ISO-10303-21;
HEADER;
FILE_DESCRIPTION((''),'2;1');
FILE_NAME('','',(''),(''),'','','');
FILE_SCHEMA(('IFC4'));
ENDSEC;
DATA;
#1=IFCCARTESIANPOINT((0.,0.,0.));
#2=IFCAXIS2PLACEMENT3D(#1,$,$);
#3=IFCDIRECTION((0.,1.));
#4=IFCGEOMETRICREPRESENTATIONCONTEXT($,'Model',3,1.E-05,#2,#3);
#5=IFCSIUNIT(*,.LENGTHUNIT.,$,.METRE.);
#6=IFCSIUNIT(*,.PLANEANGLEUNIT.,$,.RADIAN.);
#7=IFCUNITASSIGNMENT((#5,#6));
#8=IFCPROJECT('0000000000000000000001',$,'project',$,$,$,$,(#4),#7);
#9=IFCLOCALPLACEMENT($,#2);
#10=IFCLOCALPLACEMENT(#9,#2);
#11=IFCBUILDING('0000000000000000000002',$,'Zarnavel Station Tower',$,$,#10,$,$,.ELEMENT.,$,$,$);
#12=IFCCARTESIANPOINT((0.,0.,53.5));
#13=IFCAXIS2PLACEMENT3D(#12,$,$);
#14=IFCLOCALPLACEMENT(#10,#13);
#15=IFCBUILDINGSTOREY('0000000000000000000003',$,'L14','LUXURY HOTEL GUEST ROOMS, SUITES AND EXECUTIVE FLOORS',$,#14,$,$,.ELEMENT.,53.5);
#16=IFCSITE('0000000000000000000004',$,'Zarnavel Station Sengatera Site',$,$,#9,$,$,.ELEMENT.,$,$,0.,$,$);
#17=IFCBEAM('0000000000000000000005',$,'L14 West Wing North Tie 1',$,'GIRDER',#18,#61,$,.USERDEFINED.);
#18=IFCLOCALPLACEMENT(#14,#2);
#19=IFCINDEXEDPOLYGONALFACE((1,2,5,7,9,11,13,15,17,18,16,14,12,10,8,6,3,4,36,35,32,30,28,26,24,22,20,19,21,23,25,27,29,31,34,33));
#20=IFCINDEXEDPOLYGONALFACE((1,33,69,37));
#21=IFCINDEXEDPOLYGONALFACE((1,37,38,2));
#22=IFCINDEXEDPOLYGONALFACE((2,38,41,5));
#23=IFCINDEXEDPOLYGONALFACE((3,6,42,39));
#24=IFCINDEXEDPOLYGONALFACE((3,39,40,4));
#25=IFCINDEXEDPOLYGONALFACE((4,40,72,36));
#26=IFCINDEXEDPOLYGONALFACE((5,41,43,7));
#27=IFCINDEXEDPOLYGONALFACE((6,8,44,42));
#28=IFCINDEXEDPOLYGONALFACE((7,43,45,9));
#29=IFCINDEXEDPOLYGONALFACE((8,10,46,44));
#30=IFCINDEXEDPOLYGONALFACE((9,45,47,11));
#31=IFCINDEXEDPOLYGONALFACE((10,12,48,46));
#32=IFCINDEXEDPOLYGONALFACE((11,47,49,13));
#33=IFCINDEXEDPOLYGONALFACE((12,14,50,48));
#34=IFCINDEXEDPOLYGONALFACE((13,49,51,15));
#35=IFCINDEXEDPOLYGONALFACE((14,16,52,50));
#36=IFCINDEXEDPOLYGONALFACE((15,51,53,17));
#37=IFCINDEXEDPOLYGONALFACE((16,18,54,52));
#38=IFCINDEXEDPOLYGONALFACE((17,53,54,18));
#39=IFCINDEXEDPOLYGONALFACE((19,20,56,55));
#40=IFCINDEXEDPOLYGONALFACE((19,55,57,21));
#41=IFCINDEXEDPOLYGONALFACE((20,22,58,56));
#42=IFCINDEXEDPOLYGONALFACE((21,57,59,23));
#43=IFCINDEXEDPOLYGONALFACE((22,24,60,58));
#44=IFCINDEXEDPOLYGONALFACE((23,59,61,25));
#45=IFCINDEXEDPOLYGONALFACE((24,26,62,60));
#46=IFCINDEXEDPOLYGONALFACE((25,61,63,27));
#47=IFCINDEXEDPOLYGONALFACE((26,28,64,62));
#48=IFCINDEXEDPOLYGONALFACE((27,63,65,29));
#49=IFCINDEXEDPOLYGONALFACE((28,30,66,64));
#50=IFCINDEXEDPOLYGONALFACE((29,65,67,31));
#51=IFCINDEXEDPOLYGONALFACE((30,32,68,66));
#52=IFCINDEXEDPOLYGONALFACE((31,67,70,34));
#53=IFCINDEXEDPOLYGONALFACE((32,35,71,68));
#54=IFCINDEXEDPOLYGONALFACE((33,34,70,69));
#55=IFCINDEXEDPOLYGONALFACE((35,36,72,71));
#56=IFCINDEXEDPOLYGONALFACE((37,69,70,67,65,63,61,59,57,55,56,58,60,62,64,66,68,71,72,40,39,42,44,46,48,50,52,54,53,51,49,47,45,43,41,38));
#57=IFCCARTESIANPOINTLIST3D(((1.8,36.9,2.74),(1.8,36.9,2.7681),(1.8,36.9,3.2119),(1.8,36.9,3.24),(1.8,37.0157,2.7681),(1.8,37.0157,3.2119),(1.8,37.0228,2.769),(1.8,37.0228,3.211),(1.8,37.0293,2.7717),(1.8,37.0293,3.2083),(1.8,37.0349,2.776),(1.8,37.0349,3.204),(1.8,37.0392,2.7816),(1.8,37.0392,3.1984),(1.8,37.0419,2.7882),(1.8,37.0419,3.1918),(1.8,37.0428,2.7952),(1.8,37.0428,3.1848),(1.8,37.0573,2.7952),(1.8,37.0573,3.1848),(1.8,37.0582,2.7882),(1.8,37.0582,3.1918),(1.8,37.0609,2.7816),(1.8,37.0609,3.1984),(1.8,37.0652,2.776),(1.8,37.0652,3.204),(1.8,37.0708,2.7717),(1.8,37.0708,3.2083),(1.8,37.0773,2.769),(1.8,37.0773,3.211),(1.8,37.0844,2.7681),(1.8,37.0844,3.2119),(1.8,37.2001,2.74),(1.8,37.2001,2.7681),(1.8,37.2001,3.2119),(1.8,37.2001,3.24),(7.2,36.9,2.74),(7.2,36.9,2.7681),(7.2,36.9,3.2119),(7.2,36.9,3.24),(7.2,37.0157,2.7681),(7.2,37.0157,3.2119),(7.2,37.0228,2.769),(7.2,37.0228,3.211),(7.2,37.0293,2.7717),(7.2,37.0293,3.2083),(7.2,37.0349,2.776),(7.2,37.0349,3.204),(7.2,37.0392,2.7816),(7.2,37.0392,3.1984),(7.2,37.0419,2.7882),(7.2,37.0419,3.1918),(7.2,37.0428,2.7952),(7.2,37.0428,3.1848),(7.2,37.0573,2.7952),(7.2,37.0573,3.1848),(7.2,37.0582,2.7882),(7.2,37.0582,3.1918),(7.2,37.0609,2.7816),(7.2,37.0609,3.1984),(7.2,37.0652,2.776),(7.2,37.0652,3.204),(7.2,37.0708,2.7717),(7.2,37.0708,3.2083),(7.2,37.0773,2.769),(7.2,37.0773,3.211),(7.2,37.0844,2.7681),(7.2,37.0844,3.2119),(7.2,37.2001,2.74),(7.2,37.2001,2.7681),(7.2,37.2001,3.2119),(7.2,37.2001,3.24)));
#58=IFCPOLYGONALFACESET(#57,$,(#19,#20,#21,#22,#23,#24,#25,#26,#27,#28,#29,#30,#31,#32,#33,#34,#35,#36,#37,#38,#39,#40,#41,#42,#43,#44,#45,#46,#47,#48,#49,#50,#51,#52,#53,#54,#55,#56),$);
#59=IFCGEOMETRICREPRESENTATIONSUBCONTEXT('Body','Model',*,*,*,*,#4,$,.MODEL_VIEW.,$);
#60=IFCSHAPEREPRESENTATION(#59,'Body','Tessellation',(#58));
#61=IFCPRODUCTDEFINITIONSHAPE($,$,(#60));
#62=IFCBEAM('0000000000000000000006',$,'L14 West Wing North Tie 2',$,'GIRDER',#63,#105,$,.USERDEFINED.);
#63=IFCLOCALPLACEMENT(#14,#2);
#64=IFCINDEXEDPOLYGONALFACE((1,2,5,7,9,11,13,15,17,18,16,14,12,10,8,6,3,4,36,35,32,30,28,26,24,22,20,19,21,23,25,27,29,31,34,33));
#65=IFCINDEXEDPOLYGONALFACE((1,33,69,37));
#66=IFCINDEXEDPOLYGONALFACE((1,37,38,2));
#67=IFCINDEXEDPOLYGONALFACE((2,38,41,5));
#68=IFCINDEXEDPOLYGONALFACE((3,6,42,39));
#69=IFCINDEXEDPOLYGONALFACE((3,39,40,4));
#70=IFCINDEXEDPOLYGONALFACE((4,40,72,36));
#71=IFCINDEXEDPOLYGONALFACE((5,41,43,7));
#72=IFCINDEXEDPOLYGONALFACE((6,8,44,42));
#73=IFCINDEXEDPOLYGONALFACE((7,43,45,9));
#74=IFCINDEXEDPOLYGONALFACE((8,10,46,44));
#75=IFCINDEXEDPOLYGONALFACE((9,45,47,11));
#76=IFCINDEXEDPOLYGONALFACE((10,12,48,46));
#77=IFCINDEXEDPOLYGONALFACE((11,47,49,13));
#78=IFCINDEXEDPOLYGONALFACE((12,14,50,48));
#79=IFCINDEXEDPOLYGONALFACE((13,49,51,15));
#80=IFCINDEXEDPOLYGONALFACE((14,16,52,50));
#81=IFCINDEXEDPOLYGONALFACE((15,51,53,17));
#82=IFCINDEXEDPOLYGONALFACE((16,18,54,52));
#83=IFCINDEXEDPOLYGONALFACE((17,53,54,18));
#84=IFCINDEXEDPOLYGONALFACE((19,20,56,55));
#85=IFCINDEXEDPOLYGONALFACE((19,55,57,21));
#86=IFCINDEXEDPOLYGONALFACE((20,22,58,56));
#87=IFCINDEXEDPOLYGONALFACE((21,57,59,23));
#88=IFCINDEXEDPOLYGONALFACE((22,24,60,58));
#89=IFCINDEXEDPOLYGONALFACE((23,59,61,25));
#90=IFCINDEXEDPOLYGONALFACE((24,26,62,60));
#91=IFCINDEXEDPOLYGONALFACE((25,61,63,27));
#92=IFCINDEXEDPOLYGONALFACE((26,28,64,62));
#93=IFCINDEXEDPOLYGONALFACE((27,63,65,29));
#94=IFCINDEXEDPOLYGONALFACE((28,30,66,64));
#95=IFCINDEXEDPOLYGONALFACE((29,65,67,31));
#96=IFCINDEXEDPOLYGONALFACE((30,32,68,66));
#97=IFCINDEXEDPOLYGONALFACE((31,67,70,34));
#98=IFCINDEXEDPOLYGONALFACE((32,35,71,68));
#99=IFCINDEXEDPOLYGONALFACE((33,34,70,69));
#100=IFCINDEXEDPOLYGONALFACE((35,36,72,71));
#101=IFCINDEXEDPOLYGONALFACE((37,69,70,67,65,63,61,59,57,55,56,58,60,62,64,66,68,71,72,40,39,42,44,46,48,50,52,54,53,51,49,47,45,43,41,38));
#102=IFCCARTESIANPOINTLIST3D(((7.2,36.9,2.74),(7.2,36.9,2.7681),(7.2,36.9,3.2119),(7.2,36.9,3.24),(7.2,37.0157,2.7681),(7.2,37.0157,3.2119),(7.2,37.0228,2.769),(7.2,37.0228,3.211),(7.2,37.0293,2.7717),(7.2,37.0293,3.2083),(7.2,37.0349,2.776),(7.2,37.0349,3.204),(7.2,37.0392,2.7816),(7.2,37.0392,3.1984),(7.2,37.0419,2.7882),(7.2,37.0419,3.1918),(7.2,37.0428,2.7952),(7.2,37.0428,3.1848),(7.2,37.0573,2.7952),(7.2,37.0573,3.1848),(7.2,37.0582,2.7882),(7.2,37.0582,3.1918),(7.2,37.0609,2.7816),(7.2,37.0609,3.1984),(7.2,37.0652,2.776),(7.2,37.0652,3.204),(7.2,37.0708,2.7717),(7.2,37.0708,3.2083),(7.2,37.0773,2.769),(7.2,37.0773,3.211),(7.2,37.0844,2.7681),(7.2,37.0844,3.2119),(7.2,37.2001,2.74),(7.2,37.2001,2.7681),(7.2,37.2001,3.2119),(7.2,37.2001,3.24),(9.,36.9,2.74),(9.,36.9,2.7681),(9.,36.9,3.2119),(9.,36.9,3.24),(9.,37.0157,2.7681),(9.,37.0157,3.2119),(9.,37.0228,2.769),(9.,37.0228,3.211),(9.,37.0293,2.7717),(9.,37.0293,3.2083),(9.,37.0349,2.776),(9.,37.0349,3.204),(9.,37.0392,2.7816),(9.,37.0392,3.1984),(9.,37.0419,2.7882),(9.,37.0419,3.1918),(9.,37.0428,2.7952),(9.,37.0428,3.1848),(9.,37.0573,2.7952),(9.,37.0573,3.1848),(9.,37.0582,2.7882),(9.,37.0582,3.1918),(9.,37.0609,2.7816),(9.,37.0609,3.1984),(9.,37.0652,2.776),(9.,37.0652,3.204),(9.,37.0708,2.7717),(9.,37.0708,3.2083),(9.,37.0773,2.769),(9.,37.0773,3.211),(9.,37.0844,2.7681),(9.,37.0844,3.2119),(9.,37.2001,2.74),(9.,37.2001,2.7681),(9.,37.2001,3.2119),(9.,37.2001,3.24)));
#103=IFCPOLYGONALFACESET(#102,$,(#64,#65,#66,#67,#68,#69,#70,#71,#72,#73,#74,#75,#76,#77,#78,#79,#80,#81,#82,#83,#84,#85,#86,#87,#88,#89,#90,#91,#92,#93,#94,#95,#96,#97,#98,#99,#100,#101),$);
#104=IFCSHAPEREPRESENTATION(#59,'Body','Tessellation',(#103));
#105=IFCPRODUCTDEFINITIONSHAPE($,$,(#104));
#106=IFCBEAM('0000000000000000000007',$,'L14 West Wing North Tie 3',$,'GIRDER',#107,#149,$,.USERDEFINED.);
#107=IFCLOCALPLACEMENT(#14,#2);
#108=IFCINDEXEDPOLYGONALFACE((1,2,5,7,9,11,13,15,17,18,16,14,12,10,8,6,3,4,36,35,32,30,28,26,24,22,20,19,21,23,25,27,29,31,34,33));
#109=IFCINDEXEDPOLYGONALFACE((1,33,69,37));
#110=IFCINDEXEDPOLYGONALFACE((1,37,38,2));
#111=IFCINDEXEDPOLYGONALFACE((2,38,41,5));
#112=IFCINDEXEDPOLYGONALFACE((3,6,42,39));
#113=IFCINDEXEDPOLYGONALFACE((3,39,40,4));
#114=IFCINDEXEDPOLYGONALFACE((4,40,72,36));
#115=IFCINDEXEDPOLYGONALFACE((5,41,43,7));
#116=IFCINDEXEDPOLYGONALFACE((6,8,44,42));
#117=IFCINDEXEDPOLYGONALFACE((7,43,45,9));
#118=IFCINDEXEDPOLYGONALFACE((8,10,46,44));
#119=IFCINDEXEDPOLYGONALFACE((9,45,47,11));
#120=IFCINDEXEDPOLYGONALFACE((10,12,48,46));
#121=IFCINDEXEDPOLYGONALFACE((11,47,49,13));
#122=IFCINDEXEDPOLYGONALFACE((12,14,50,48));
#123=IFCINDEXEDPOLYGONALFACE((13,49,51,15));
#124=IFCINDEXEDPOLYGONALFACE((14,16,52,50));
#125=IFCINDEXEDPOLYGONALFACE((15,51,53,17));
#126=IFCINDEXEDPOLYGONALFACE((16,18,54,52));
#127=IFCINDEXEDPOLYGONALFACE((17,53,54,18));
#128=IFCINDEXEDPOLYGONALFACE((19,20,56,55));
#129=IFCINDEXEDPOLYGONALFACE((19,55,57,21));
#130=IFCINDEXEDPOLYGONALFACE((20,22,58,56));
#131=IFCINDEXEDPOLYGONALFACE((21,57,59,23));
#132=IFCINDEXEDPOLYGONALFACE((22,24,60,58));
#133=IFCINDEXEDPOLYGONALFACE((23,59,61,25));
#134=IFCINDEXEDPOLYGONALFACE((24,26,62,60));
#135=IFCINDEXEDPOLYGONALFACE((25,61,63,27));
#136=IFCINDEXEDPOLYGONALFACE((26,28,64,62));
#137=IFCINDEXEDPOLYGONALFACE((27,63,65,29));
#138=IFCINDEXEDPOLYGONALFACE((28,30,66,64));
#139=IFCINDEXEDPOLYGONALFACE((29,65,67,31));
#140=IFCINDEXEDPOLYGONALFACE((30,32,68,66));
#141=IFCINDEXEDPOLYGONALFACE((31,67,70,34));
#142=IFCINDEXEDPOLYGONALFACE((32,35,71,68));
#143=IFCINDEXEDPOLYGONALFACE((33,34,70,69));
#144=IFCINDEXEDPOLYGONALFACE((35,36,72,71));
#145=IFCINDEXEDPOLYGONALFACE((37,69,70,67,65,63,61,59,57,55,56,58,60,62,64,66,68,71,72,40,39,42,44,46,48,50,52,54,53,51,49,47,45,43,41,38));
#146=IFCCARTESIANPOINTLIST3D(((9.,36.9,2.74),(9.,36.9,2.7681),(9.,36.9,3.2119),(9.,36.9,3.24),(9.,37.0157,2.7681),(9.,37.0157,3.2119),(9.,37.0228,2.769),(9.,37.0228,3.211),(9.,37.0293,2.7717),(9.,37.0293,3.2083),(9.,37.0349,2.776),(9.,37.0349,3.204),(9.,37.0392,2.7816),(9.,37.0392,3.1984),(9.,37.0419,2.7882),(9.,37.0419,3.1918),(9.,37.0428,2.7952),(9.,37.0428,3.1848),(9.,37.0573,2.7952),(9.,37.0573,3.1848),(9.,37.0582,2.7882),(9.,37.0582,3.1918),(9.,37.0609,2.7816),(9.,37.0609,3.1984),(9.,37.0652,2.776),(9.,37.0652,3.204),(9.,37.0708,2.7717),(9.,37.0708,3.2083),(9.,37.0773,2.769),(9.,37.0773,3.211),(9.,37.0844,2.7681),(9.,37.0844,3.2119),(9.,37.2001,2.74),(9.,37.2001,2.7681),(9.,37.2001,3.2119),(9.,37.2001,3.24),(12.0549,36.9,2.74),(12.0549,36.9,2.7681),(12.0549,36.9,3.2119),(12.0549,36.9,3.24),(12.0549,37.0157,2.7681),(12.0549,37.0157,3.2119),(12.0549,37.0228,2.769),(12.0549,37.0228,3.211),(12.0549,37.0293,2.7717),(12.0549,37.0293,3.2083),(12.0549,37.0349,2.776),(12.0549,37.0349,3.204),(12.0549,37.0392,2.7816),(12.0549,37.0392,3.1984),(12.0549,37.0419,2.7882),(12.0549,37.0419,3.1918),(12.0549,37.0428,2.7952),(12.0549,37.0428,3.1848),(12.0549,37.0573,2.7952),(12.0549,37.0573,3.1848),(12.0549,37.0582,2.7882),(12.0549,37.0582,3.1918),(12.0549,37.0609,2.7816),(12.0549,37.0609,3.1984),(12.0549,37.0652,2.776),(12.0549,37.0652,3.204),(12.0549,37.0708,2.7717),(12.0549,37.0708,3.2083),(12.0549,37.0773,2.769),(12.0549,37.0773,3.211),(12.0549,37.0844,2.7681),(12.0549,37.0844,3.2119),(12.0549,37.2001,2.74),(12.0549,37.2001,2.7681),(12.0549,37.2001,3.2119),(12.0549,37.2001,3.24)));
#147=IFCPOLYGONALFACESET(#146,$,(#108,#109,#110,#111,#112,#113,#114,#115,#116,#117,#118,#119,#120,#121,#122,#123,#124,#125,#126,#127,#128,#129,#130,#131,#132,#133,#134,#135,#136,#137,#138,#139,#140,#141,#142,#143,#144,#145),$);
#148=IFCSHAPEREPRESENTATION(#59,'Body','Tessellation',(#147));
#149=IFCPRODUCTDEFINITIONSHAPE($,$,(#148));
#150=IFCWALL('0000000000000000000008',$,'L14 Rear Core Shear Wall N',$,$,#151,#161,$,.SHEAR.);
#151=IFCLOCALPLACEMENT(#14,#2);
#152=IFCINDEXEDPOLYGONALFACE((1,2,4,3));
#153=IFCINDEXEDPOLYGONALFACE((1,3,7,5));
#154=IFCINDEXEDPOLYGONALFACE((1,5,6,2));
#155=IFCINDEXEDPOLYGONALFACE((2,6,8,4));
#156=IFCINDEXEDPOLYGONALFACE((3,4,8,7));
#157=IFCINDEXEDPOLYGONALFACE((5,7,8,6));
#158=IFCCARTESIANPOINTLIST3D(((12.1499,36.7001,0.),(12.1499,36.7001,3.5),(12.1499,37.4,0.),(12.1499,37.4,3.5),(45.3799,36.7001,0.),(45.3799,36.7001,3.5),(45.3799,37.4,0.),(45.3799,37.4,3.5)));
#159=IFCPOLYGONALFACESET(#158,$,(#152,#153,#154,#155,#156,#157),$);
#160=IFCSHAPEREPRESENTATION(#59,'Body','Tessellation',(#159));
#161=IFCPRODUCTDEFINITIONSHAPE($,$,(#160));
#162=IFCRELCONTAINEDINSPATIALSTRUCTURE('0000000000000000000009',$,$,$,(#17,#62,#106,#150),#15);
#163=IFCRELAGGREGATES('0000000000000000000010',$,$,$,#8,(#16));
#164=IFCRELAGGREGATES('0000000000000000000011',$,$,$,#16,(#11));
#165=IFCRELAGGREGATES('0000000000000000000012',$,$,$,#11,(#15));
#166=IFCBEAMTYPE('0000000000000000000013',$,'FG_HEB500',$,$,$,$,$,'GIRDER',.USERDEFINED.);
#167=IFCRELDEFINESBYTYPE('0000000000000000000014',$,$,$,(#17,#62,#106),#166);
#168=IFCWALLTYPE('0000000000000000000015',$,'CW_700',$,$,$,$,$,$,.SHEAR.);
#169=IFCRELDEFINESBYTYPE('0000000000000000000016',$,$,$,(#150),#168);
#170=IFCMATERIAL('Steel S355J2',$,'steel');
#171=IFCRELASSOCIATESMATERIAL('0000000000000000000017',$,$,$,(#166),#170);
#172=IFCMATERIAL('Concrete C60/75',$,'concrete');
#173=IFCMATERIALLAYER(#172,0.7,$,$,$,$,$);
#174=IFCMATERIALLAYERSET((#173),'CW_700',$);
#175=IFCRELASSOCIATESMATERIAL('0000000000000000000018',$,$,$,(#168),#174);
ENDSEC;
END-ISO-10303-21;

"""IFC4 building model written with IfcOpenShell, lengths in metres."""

from ifc_helpers import new_model, si_unit, direction, frame, frame_2d, origin, origin_2d, place, context, subcontext, project, spatial, rectangle, i_section, extrude, material, layer, layer_set, material_profile, profile_set, type_object, element, save


model = new_model("IFC4")

# Units and contexts
model_context = context("Model", 3, precision=1e-05, world=origin(), true_north=direction((0.0, 1.0)))
body_context = subcontext(model_context, "Body", "Model", "MODEL_VIEW")
ifc_project = project(units=[si_unit("LENGTHUNIT", "METRE"), si_unit("PLANEANGLEUNIT", "RADIAN")], contexts=[model_context])

# Site, building, storey
site_placement = place(None, origin())
site = spatial("IfcSite", under=ifc_project, at=site_placement, Name="Zarnavel Station Sengatera Site", CompositionType="ELEMENT", RefElevation=0.0)
building_placement = place(site_placement, origin())
building = spatial("IfcBuilding", under=site, at=building_placement, Name="Zarnavel Station Tower", CompositionType="ELEMENT")
storey_placement = place(building_placement, frame((0.0, 0.0, 53.5)))
storey = spatial("IfcBuildingStorey", under=building, at=storey_placement, Name="L14", Description="LUXURY HOTEL GUEST ROOMS, SUITES AND EXECUTIVE FLOORS", CompositionType="ELEMENT", Elevation=53.5)

# Beams
ifc_material_1 = material(Name="Steel S355J2", Category="steel")
ifc_material_profile_1 = material_profile(ifc_material_1, i_section(OverallWidth=0.3, OverallDepth=0.5, WebThickness=0.0144, FlangeThickness=0.0281, FilletRadius=0.0271, at=origin_2d()), Name="HEB500")
ifc_profile_set_1 = profile_set([ifc_material_profile_1], Name="Steel S355J2")
beam_type = type_object("IfcBeamType", Name="FG_HEB500", ElementType="GIRDER", PredefinedType="USERDEFINED", material=ifc_profile_set_1)
beam_1_placement = place(storey_placement, frame((1.8, 37.05, 2.99), z_axis=(1.0, 0.0, 0.0), x_axis=(0.0, 1.0, 0.0)))
element("IfcBeam", 1, at=beam_1_placement, inside=storey, type_object=beam_type, Name="L14 West Wing North Tie 1", ObjectType="GIRDER", PredefinedType="USERDEFINED", context=body_context, shape_type="SweptSolid", body=[
    extrude(i_section(OverallWidth=0.3, OverallDepth=0.5, WebThickness=0.0144, FlangeThickness=0.0281, FilletRadius=0.0271, at=origin_2d()), origin(), (0.0, 0.0, 1.0), 5.3999),
])
beam_2_placement = place(storey_placement, frame((7.2, 37.05, 2.99), z_axis=(1.0, 0.0, 0.0), x_axis=(0.0, 1.0, 0.0)))
element("IfcBeam", 2, at=beam_2_placement, inside=storey, type_object=beam_type, Name="L14 West Wing North Tie 2", ObjectType="GIRDER", PredefinedType="USERDEFINED", context=body_context, shape_type="SweptSolid", body=[
    extrude(i_section(OverallWidth=0.3, OverallDepth=0.5, WebThickness=0.0144, FlangeThickness=0.0281, FilletRadius=0.0271, at=origin_2d()), origin(), (0.0, 0.0, 1.0), 1.8),
])
beam_3_placement = place(storey_placement, frame((9.0, 37.05, 2.99), z_axis=(1.0, 0.0, 0.0), x_axis=(0.0, 1.0, 0.0)))
element("IfcBeam", 3, at=beam_3_placement, inside=storey, type_object=beam_type, Name="L14 West Wing North Tie 3", ObjectType="GIRDER", PredefinedType="USERDEFINED", context=body_context, shape_type="SweptSolid", body=[
    extrude(i_section(OverallWidth=0.3, OverallDepth=0.5, WebThickness=0.0144, FlangeThickness=0.0281, FilletRadius=0.0271, at=origin_2d()), origin(), (0.0, 0.0, 1.0), 3.0549),
])

# Wall
ifc_material_2 = material(Name="Concrete C60/75", Category="concrete")
ifc_layer_1 = layer(ifc_material_2, 0.7)
ifc_layer_set_1 = layer_set([ifc_layer_1], Name="CW_700")
wall_type_1 = type_object("IfcWallType", Name="CW_700", PredefinedType="SHEAR", material=ifc_layer_set_1)
wall_1_placement = place(storey_placement, frame((12.1499, 37.05, 0.0), z_axis=(0.0, 0.0, 1.0), x_axis=(1.0, 0.0, 0.0)))
element("IfcWall", 4, at=wall_1_placement, inside=storey, type_object=wall_type_1, Name="L14 Rear Core Shear Wall N", PredefinedType="SHEAR", context=body_context, shape_type="SweptSolid", body=[
    extrude(rectangle(XDim=33.23, YDim=0.7, at=frame_2d((16.615, 0.0))), origin(), (0.0, 0.0, 1.0), 3.5),
])

save(model, "model.ifc")
